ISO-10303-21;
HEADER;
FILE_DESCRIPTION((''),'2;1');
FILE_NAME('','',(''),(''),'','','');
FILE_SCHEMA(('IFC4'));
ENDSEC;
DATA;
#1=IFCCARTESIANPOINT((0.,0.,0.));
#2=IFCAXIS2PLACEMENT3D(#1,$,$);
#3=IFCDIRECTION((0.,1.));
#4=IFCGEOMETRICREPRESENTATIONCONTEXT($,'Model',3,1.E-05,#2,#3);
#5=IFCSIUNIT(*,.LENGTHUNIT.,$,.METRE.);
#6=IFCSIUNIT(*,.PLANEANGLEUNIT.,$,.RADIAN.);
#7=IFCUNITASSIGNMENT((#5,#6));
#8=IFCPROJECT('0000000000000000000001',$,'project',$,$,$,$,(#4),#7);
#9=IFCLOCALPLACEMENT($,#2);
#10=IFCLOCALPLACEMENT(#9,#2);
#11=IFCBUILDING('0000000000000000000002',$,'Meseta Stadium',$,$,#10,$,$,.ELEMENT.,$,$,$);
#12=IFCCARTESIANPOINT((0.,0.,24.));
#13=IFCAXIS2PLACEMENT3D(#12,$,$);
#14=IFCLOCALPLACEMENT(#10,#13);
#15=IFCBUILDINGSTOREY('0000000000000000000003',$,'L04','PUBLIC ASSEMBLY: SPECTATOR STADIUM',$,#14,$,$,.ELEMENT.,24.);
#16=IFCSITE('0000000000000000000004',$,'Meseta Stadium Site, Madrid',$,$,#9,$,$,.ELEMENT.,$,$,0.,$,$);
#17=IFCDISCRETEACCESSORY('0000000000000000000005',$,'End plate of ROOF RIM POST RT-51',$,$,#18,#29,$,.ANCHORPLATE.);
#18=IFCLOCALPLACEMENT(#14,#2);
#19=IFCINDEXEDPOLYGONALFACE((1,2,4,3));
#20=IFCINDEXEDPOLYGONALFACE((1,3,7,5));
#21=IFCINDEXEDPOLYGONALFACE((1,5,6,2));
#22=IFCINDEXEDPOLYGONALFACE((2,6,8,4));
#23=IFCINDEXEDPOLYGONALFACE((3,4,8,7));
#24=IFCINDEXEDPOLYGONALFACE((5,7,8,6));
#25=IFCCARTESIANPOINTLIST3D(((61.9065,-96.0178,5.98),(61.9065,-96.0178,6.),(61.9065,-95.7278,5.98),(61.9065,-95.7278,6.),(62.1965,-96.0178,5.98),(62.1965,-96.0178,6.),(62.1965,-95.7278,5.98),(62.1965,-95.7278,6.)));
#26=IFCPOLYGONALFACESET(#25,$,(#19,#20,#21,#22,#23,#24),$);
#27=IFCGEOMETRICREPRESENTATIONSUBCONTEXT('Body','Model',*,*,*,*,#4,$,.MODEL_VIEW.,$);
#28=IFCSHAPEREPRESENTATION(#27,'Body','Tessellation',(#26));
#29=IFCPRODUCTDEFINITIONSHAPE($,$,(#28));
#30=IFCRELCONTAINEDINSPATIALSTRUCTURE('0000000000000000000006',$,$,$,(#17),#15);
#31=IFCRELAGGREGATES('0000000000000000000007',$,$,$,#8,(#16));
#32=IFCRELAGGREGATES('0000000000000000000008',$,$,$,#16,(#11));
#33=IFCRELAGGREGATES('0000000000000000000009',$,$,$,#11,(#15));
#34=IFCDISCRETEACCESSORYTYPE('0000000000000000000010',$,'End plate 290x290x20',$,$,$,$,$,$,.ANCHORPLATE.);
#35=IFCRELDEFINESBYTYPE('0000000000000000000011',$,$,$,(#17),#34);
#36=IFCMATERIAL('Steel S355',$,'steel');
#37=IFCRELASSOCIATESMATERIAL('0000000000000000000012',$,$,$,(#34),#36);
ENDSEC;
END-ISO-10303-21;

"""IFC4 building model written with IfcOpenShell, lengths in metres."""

from ifc_helpers import new_model, si_unit, direction, frame, origin, origin_2d, place, context, subcontext, project, spatial, rectangle, extrude, material, material_profile, profile_set, type_object, element, save


model = new_model("IFC4")

# Units and contexts
model_context = context("Model", 3, precision=1e-05, world=origin(), true_north=direction((0.0, 1.0)))
body_context = subcontext(model_context, "Body", "Model", "MODEL_VIEW")
ifc_project = project(units=[si_unit("LENGTHUNIT", "METRE"), si_unit("PLANEANGLEUNIT", "RADIAN")], contexts=[model_context])

# Site, building, storey
site_placement = place(None, origin())
site = spatial("IfcSite", under=ifc_project, at=site_placement, Name="Meseta Stadium Site, Madrid", CompositionType="ELEMENT", RefElevation=0.0)
building_placement = place(site_placement, origin())
building = spatial("IfcBuilding", under=site, at=building_placement, Name="Meseta Stadium", CompositionType="ELEMENT")
storey_placement = place(building_placement, frame((0.0, 0.0, 24.0)))
storey = spatial("IfcBuildingStorey", under=building, at=storey_placement, Name="L04", Description="PUBLIC ASSEMBLY: SPECTATOR STADIUM", CompositionType="ELEMENT", Elevation=24.0)

# Discrete accessory
ifc_material_1 = material(Name="Steel S355", Category="steel")
ifc_material_profile_1 = material_profile(ifc_material_1, rectangle(XDim=0.29, YDim=0.29, at=origin_2d()), Name="PL 290x290")
ifc_profile_set_1 = profile_set([ifc_material_profile_1], Name="Steel S355")
discrete_accessory_type = type_object("IfcDiscreteAccessoryType", Name="End plate 290x290x20", PredefinedType="ANCHORPLATE", material=ifc_profile_set_1)
discrete_accessory_placement = place(storey_placement, frame((62.0515, -95.8728, 5.98), z_axis=(0.0, 0.0, 1.0), x_axis=(1.0, 0.0, 0.0)))
element("IfcDiscreteAccessory", 1, at=discrete_accessory_placement, inside=storey, type_object=discrete_accessory_type, Name="End plate of ROOF RIM POST RT-51", PredefinedType="ANCHORPLATE", context=body_context, shape_type="SweptSolid", body=[
    extrude(rectangle(XDim=0.29, YDim=0.29, at=origin_2d()), origin(), (0.0, 0.0, 1.0), 0.02),
])

save(model, "model.ifc")
